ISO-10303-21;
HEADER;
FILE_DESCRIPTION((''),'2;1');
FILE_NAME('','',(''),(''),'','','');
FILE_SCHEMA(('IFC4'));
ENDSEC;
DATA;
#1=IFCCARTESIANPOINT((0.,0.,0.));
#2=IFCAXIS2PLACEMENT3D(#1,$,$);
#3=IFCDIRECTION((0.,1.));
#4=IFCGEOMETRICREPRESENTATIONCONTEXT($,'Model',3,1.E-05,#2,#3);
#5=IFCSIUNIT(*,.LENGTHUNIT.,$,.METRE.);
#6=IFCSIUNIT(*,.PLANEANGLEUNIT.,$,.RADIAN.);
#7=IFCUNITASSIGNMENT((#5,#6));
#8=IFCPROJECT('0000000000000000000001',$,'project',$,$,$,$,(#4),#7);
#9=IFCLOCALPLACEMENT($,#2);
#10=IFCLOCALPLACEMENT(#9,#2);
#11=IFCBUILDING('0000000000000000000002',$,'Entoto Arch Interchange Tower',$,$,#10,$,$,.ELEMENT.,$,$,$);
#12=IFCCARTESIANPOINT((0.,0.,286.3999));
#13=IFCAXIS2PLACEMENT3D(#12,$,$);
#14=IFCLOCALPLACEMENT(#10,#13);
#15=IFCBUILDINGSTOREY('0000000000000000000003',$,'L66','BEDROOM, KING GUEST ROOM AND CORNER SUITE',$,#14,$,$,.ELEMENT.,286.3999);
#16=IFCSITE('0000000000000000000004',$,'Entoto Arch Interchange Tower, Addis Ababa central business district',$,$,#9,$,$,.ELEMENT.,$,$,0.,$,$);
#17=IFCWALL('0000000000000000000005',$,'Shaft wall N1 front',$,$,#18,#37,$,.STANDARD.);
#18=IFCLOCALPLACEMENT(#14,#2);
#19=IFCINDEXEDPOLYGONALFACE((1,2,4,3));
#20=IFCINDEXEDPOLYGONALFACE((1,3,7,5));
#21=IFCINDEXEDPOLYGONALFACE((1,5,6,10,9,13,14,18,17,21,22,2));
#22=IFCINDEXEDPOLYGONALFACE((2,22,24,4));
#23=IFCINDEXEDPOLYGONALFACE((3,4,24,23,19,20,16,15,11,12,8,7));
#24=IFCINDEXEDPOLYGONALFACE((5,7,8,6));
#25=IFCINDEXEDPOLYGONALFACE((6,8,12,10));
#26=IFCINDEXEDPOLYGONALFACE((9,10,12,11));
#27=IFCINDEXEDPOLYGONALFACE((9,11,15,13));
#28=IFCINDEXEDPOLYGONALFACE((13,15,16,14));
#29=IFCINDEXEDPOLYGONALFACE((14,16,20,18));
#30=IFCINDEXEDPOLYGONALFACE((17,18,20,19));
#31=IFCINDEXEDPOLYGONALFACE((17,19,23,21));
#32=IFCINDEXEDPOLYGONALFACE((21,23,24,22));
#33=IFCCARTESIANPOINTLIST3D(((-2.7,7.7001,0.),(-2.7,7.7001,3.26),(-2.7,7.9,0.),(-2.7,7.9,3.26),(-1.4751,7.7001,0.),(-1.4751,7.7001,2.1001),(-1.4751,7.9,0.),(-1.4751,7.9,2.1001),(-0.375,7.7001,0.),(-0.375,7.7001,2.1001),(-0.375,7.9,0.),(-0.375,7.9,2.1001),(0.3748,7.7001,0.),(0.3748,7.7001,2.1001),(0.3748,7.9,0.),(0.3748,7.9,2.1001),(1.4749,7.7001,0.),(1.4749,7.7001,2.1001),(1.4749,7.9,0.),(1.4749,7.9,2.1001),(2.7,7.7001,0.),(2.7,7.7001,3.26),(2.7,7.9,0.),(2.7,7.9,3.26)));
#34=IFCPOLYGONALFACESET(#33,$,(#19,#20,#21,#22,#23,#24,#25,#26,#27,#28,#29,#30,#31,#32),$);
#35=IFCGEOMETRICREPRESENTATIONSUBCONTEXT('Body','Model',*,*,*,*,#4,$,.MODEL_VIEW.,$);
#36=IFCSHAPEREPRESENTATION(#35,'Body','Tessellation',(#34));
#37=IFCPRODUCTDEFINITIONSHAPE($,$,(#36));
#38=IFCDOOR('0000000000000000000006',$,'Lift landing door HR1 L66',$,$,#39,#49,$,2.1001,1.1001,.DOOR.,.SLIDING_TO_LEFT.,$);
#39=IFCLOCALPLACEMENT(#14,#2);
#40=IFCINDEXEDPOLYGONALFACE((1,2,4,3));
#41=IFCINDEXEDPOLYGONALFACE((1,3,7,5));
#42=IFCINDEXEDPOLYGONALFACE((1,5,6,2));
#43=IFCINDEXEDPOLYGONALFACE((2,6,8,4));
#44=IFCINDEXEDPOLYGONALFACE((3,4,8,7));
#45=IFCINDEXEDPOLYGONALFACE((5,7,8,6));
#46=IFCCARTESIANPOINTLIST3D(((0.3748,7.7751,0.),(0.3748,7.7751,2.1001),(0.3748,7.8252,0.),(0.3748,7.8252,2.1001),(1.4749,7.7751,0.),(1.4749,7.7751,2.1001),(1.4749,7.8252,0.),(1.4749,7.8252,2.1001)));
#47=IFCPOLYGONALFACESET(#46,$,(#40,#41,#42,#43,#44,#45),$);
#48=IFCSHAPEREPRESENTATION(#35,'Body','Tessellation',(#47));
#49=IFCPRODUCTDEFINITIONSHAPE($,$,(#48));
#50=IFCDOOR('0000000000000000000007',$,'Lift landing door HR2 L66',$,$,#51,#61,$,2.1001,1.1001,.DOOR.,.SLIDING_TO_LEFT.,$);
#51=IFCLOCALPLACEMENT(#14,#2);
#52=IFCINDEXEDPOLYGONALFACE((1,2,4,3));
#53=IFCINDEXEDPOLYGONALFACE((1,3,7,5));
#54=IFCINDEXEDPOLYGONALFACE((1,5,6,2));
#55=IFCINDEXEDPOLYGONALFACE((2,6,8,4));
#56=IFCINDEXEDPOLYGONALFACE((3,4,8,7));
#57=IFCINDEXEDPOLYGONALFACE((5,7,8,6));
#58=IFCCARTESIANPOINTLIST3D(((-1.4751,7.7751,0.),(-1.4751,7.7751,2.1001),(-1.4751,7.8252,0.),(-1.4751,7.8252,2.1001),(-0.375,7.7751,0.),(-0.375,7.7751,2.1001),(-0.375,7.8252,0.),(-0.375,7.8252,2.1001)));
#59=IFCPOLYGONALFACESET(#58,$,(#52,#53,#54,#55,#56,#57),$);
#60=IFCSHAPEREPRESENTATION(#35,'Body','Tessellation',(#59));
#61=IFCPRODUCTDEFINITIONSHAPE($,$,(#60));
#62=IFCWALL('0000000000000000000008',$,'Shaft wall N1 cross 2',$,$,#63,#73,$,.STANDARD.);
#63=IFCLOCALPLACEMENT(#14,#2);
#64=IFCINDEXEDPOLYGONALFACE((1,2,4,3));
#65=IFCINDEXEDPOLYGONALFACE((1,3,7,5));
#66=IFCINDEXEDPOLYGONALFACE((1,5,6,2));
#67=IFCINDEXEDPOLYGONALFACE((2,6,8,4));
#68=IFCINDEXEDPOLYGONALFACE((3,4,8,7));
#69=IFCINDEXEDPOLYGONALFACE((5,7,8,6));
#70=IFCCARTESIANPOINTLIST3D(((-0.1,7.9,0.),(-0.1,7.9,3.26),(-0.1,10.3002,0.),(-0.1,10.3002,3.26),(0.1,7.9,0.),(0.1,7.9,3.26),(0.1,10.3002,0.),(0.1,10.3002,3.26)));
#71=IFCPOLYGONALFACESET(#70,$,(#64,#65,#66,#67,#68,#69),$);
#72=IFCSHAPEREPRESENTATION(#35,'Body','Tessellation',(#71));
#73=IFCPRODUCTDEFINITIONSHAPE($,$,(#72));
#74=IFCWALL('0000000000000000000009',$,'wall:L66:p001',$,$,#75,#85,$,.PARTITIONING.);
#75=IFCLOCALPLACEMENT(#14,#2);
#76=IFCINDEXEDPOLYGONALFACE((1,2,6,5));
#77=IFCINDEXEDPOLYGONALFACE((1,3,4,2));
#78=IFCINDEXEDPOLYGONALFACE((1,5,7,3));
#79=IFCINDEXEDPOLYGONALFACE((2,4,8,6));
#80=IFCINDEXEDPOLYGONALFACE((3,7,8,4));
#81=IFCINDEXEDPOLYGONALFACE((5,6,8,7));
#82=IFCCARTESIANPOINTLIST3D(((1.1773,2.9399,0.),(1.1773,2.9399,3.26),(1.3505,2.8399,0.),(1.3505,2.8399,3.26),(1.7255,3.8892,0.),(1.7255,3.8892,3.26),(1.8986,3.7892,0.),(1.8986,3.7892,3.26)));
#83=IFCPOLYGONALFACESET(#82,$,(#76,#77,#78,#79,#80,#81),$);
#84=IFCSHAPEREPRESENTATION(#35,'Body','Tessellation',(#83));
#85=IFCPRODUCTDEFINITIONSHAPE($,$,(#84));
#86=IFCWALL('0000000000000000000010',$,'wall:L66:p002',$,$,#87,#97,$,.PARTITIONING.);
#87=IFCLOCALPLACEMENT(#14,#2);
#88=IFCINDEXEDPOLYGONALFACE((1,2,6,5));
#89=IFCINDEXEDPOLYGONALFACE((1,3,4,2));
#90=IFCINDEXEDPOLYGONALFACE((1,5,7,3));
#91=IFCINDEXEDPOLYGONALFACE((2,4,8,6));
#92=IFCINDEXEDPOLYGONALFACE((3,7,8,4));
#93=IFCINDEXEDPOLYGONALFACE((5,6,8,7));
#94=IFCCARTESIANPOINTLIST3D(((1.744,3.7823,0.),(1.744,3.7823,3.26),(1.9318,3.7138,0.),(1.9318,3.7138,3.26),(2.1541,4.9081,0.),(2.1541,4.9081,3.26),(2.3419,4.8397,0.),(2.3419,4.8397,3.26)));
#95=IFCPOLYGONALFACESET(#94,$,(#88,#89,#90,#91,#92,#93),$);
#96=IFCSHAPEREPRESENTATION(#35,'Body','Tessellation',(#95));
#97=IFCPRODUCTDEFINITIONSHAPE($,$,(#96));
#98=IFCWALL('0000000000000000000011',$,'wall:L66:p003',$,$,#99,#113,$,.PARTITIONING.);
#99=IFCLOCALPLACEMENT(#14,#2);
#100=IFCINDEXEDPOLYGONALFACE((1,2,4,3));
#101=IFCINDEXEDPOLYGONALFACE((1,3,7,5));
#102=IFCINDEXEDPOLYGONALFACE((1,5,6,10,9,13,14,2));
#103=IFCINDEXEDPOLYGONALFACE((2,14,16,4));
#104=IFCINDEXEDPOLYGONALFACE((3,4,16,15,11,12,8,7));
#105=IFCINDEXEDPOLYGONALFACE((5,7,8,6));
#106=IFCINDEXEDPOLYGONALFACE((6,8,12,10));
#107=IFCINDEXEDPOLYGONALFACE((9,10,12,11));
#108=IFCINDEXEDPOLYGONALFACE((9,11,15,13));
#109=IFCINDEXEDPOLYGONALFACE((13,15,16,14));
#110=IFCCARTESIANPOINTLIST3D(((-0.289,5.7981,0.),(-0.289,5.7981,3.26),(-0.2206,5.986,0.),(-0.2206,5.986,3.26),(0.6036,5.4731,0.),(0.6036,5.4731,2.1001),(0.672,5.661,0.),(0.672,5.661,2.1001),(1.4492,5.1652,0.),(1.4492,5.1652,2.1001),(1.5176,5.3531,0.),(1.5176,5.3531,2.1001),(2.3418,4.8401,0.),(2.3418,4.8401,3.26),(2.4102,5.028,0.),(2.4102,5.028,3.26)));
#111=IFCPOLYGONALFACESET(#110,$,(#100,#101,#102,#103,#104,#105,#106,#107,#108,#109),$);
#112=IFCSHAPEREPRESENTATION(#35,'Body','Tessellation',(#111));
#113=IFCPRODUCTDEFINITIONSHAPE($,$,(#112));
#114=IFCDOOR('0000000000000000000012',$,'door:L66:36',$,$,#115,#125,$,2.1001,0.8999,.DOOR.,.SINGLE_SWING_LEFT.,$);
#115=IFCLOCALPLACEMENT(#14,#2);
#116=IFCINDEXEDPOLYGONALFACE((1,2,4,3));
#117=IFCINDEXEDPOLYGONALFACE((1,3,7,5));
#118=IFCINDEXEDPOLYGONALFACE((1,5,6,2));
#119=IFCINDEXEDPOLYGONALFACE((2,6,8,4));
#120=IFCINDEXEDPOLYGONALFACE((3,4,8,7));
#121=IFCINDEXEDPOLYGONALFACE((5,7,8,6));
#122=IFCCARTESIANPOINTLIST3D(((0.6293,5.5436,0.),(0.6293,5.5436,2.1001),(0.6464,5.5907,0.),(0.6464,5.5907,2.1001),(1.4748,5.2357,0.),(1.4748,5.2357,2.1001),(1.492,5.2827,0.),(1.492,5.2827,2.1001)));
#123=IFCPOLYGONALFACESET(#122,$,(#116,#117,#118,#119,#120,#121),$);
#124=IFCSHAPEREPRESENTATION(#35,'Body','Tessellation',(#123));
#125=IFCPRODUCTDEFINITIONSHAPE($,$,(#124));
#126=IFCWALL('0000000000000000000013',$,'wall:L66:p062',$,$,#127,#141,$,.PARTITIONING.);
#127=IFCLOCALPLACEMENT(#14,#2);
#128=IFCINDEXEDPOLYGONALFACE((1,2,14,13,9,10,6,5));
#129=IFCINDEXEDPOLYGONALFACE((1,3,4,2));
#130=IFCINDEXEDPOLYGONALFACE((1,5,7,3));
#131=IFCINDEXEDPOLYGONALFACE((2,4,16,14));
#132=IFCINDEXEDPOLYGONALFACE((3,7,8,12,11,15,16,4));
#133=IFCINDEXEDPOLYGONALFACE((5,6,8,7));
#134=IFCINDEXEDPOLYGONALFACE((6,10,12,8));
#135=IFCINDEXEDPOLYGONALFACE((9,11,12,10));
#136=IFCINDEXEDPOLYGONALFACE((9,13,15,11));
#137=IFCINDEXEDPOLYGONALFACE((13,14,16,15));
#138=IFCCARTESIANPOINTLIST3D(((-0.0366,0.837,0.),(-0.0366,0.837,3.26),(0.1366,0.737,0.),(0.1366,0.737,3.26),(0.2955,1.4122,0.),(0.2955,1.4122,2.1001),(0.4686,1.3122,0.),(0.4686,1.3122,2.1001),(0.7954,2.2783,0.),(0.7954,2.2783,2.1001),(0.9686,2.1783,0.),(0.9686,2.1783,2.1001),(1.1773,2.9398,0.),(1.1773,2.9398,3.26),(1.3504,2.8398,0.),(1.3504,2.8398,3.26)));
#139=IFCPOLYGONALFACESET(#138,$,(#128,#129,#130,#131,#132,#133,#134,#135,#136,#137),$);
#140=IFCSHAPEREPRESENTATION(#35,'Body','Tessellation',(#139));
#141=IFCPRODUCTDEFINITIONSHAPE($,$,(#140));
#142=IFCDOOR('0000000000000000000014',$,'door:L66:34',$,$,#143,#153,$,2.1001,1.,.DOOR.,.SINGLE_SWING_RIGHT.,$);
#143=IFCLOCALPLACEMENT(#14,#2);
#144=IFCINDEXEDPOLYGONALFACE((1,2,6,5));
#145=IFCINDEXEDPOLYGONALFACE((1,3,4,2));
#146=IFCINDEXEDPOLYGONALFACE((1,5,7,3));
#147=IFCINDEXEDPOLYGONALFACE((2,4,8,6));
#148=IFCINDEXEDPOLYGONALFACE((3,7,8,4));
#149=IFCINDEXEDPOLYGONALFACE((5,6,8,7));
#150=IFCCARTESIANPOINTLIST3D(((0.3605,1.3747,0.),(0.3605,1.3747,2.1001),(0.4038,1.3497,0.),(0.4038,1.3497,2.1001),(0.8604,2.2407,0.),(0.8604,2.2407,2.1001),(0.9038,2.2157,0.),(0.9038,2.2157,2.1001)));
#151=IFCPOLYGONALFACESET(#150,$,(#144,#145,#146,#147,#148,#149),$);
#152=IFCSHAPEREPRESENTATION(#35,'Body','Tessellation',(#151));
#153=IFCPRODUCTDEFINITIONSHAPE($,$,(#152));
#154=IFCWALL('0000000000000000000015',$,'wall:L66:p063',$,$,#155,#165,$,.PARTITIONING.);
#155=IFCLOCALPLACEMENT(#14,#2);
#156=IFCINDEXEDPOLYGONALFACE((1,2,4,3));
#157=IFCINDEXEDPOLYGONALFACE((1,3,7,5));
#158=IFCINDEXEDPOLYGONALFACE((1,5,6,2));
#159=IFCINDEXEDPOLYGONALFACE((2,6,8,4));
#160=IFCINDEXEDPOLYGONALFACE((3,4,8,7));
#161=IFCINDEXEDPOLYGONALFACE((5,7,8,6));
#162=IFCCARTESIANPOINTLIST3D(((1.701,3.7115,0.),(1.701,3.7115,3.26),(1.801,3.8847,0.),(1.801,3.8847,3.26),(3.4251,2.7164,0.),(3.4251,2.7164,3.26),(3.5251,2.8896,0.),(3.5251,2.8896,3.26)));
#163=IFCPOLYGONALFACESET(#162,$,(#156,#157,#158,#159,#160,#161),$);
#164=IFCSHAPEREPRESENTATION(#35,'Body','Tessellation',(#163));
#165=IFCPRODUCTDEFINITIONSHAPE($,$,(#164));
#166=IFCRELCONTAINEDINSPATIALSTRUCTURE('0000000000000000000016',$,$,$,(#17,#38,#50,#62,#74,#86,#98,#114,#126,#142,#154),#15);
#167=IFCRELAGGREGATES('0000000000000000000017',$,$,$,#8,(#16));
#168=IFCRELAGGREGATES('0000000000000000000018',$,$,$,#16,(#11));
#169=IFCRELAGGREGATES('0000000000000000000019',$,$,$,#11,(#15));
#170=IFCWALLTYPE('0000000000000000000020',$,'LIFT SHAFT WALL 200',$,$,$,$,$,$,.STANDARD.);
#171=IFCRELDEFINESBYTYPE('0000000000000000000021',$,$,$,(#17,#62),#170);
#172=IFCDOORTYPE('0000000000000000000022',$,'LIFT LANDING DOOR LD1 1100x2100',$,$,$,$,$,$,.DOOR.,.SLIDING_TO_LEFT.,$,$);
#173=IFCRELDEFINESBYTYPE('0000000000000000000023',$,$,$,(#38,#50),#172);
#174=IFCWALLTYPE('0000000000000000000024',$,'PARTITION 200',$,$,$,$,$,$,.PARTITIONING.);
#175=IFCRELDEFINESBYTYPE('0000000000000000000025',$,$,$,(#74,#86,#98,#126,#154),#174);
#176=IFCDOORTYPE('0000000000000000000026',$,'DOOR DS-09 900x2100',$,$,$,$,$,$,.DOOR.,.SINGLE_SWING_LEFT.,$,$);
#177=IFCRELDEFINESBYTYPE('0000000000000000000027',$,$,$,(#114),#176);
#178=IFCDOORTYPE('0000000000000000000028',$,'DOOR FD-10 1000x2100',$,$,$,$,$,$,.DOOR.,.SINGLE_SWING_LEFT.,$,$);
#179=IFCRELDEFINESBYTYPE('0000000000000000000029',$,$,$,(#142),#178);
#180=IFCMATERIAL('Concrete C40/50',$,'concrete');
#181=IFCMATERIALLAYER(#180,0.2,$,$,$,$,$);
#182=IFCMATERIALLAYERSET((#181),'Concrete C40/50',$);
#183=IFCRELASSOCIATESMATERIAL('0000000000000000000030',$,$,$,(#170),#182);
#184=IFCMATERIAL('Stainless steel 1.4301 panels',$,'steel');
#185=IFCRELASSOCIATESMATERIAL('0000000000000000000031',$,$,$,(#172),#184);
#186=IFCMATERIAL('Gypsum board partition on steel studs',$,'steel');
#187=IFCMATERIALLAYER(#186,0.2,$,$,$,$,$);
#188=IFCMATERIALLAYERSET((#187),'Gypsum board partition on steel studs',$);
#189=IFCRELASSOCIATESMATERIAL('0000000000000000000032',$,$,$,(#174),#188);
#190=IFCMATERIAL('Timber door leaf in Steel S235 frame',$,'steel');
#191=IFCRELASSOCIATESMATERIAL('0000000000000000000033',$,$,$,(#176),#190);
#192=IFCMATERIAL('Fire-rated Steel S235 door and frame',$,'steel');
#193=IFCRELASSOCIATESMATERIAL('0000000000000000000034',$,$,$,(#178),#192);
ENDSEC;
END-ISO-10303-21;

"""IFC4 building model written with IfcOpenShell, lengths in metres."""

from ifc_helpers import new_model, si_unit, direction, frame, frame_2d, origin, place, context, subcontext, project, spatial, rectangle, extrude, material, layer, layer_set, type_object, element, fill, save


model = new_model("IFC4")

# Units and contexts
model_context = context("Model", 3, precision=1e-05, world=origin(), true_north=direction((0.0, 1.0)))
body_context = subcontext(model_context, "Body", "Model", "MODEL_VIEW")
ifc_project = project(units=[si_unit("LENGTHUNIT", "METRE"), si_unit("PLANEANGLEUNIT", "RADIAN")], contexts=[model_context])

# Site, building, storey
site_placement = place(None, origin())
site = spatial("IfcSite", under=ifc_project, at=site_placement, Name="Entoto Arch Interchange Tower, Addis Ababa central business district", CompositionType="ELEMENT", RefElevation=0.0)
building_placement = place(site_placement, origin())
building = spatial("IfcBuilding", under=site, at=building_placement, Name="Entoto Arch Interchange Tower", CompositionType="ELEMENT")
storey_placement = place(building_placement, frame((0.0, 0.0, 286.3999)))
storey = spatial("IfcBuildingStorey", under=building, at=storey_placement, Name="L66", Description="BEDROOM, KING GUEST ROOM AND CORNER SUITE", CompositionType="ELEMENT", Elevation=286.3999)

# Wall, openings, doors
ifc_material_1 = material(Name="Concrete C40/50", Category="concrete")
ifc_layer_1 = layer(ifc_material_1, 0.2)
ifc_layer_set_1 = layer_set([ifc_layer_1], Name="Concrete C40/50")
wall_type_1 = type_object("IfcWallType", Name="LIFT SHAFT WALL 200", PredefinedType="STANDARD", material=ifc_layer_set_1)
wall_1_placement = place(storey_placement, frame((2.7, 7.8, 0.0), z_axis=(0.0, 0.0, 1.0), x_axis=(-1.0, 0.0, 0.0)))
wall_1 = element("IfcWall", 1, at=wall_1_placement, inside=storey, type_object=wall_type_1, Name="Shaft wall N1 front", PredefinedType="STANDARD", context=body_context, shape_type="SweptSolid", body=[
    extrude(rectangle(XDim=5.3999, YDim=0.2, at=frame_2d((2.7, 0.0))), origin(), (0.0, 0.0, 1.0), 3.26),
])
opening_1_placement = place(wall_1_placement, frame((1.2251, 0.0, 0.0)))
opening_1 = element("IfcOpeningElement", 2, at=opening_1_placement, cuts=wall_1, PredefinedType="OPENING", context=body_context, shape_type="SweptSolid", body=[
    extrude(rectangle(XDim=1.1001, YDim=2.1001, at=frame_2d((0.55, 1.05))), frame((0.0, 0.1099, 0.0), z_axis=(0.0, -1.0, 0.0), x_axis=(1.0, 0.0, 0.0)), (0.0, 0.0, 1.0), 0.22),
])
opening_2_placement = place(wall_1_placement, frame((3.075, 0.0, 0.0)))
opening_2 = element("IfcOpeningElement", 3, at=opening_2_placement, cuts=wall_1, PredefinedType="OPENING", context=body_context, shape_type="SweptSolid", body=[
    extrude(rectangle(XDim=1.1001, YDim=2.1001, at=frame_2d((0.55, 1.05))), frame((0.0, 0.1099, 0.0), z_axis=(0.0, -1.0, 0.0), x_axis=(1.0, 0.0, 0.0)), (0.0, 0.0, 1.0), 0.22),
])
ifc_material_2 = material(Name="Stainless steel 1.4301 panels", Category="steel")
door_type_1 = type_object("IfcDoorType", Name="LIFT LANDING DOOR LD1 1100x2100", OperationType="SLIDING_TO_LEFT", PredefinedType="DOOR", material=ifc_material_2)
door_1_placement = place(opening_1_placement, origin())
door_1 = element("IfcDoor", 4, at=door_1_placement, inside=storey, type_object=door_type_1, Name="Lift landing door HR1 L66", OperationType="SLIDING_TO_LEFT", OverallHeight=2.1001, OverallWidth=1.1001, PredefinedType="DOOR", context=body_context, shape_type="SweptSolid", body=[
    extrude(rectangle(XDim=1.1001, YDim=2.1001, at=frame_2d((0.55, 1.05))), frame((0.0, 0.0249, 0.0), z_axis=(0.0, -1.0, 0.0), x_axis=(1.0, 0.0, 0.0)), (0.0, 0.0, 1.0), 0.05),
])
fill(opening_1, door_1)
door_2_placement = place(opening_2_placement, origin())
door_2 = element("IfcDoor", 5, at=door_2_placement, inside=storey, type_object=door_type_1, Name="Lift landing door HR2 L66", OperationType="SLIDING_TO_LEFT", OverallHeight=2.1001, OverallWidth=1.1001, PredefinedType="DOOR", context=body_context, shape_type="SweptSolid", body=[
    extrude(rectangle(XDim=1.1001, YDim=2.1001, at=frame_2d((0.55, 1.05))), frame((0.0, 0.0249, 0.0), z_axis=(0.0, -1.0, 0.0), x_axis=(1.0, 0.0, 0.0)), (0.0, 0.0, 1.0), 0.05),
])
fill(opening_2, door_2)

# Walls
wall_2_placement = place(storey_placement, frame((0.0, 7.8999, 0.0), z_axis=(0.0, 0.0, 1.0), x_axis=(0.0, 1.0, 0.0)))
element("IfcWall", 6, at=wall_2_placement, inside=storey, type_object=wall_type_1, Name="Shaft wall N1 cross 2", PredefinedType="STANDARD", context=body_context, shape_type="SweptSolid", body=[
    extrude(rectangle(XDim=2.4001, YDim=0.2, at=frame_2d((1.2002, 0.0))), origin(), (0.0, 0.0, 1.0), 3.26),
])
ifc_material_3 = material(Name="Gypsum board partition on steel studs", Category="steel")
ifc_layer_2 = layer(ifc_material_3, 0.2)
ifc_layer_set_2 = layer_set([ifc_layer_2], Name="Gypsum board partition on steel studs")
wall_type_2 = type_object("IfcWallType", Name="PARTITION 200", PredefinedType="PARTITIONING", material=ifc_layer_set_2)
wall_3_placement = place(storey_placement, frame((1.2639, 2.8899, 0.0), z_axis=(0.0, 0.0, 1.0), x_axis=(0.500044, 0.866, 0.0)))
element("IfcWall", 7, at=wall_3_placement, inside=storey, type_object=wall_type_2, Name="wall:L66:p001", PredefinedType="PARTITIONING", context=body_context, shape_type="SweptSolid", body=[
    extrude(rectangle(XDim=1.0962, YDim=0.2, at=frame_2d((0.5481, 0.0))), origin(), (0.0, 0.0, 1.0), 3.26),
])
wall_4_placement = place(storey_placement, frame((1.8379, 3.748, 0.0), z_axis=(0.0, 0.0, 1.0), x_axis=(0.342266, 0.939603, 0.0)))
element("IfcWall", 8, at=wall_4_placement, inside=storey, type_object=wall_type_2, Name="wall:L66:p002", PredefinedType="PARTITIONING", context=body_context, shape_type="SweptSolid", body=[
    extrude(rectangle(XDim=1.1982, YDim=0.2, at=frame_2d((0.5991, 0.0))), origin(), (0.0, 0.0, 1.0), 3.26),
])

# Walls, openings, doors
wall_5_placement = place(storey_placement, frame((2.376, 4.9341, 0.0), z_axis=(0.0, 0.0, 1.0), x_axis=(-0.939641, 0.342163, 0.0)))
wall_5 = element("IfcWall", 9, at=wall_5_placement, inside=storey, type_object=wall_type_2, Name="wall:L66:p003", PredefinedType="PARTITIONING", context=body_context, shape_type="SweptSolid", body=[
    extrude(rectangle(XDim=2.7998, YDim=0.2, at=frame_2d((1.3999, 0.0))), origin(), (0.0, 0.0, 1.0), 3.26),
])
opening_3_placement = place(wall_5_placement, frame((0.95, 0.0, 0.0)))
opening_3 = element("IfcOpeningElement", 10, at=opening_3_placement, cuts=wall_5, PredefinedType="OPENING", context=body_context, shape_type="SweptSolid", body=[
    extrude(rectangle(XDim=0.8999, YDim=2.1001, at=frame_2d((0.45, 1.05))), frame((0.0, 0.1099, 0.0), z_axis=(0.0, -1.0, 0.0), x_axis=(1.0, 0.0, 0.0)), (0.0, 0.0, 1.0), 0.22),
])
ifc_material_4 = material(Name="Timber door leaf in Steel S235 frame", Category="steel")
door_type_2 = type_object("IfcDoorType", Name="DOOR DS-09 900x2100", OperationType="SINGLE_SWING_LEFT", PredefinedType="DOOR", material=ifc_material_4)
door_3_placement = place(opening_3_placement, origin())
door_3 = element("IfcDoor", 11, at=door_3_placement, inside=storey, type_object=door_type_2, Name="door:L66:36", OperationType="SINGLE_SWING_LEFT", OverallHeight=2.1001, OverallWidth=0.8999, PredefinedType="DOOR", context=body_context, shape_type="SweptSolid", body=[
    extrude(rectangle(XDim=0.8999, YDim=2.1001, at=frame_2d((0.45, 1.05))), frame((0.0, 0.0249, 0.0), z_axis=(0.0, -1.0, 0.0), x_axis=(1.0, 0.0, 0.0)), (0.0, 0.0, 1.0), 0.05),
])
fill(opening_3, door_3)
wall_6_placement = place(storey_placement, frame((0.05, 0.7871, 0.0), z_axis=(0.0, 0.0, 1.0), x_axis=(0.499946, 0.866057, 0.0)))
wall_6 = element("IfcWall", 12, at=wall_6_placement, inside=storey, type_object=wall_type_2, Name="wall:L66:p062", PredefinedType="PARTITIONING", context=body_context, shape_type="SweptSolid", body=[
    extrude(rectangle(XDim=2.428, YDim=0.2, at=frame_2d((1.2139, 0.0))), origin(), (0.0, 0.0, 1.0), 3.26),
])
opening_4_placement = place(wall_6_placement, frame((0.6641, 0.0, 0.0)))
opening_4 = element("IfcOpeningElement", 13, at=opening_4_placement, cuts=wall_6, PredefinedType="OPENING", context=body_context, shape_type="SweptSolid", body=[
    extrude(rectangle(XDim=1.0, YDim=2.1001, at=frame_2d((0.5, 1.05))), frame((0.0, 0.1099, 0.0), z_axis=(0.0, -1.0, 0.0), x_axis=(1.0, 0.0, 0.0)), (0.0, 0.0, 1.0), 0.22),
])
ifc_material_5 = material(Name="Fire-rated Steel S235 door and frame", Category="steel")
door_type_3 = type_object("IfcDoorType", Name="DOOR FD-10 1000x2100", OperationType="SINGLE_SWING_LEFT", PredefinedType="DOOR", material=ifc_material_5)
door_4_placement = place(opening_4_placement, origin())
door_4 = element("IfcDoor", 14, at=door_4_placement, inside=storey, type_object=door_type_3, Name="door:L66:34", OperationType="SINGLE_SWING_RIGHT", OverallHeight=2.1001, OverallWidth=1.0, PredefinedType="DOOR", context=body_context, shape_type="SweptSolid", body=[
    extrude(rectangle(XDim=1.0, YDim=2.1001, at=frame_2d((0.5, 1.05))), frame((0.0, 0.0249, 0.0), z_axis=(0.0, -1.0, 0.0), x_axis=(1.0, 0.0, 0.0)), (0.0, 0.0, 1.0), 0.05),
])
fill(opening_4, door_4)

# Wall
wall_7_placement = place(storey_placement, frame((1.751, 3.7981, 0.0), z_axis=(0.0, 0.0, 1.0), x_axis=(0.866092, -0.499885, 0.0)))
element("IfcWall", 15, at=wall_7_placement, inside=storey, type_object=wall_type_2, Name="wall:L66:p063", PredefinedType="PARTITIONING", context=body_context, shape_type="SweptSolid", body=[
    extrude(rectangle(XDim=1.9907, YDim=0.2, at=frame_2d((0.9954, 0.0))), origin(), (0.0, 0.0, 1.0), 3.26),
])

save(model, "model.ifc")
